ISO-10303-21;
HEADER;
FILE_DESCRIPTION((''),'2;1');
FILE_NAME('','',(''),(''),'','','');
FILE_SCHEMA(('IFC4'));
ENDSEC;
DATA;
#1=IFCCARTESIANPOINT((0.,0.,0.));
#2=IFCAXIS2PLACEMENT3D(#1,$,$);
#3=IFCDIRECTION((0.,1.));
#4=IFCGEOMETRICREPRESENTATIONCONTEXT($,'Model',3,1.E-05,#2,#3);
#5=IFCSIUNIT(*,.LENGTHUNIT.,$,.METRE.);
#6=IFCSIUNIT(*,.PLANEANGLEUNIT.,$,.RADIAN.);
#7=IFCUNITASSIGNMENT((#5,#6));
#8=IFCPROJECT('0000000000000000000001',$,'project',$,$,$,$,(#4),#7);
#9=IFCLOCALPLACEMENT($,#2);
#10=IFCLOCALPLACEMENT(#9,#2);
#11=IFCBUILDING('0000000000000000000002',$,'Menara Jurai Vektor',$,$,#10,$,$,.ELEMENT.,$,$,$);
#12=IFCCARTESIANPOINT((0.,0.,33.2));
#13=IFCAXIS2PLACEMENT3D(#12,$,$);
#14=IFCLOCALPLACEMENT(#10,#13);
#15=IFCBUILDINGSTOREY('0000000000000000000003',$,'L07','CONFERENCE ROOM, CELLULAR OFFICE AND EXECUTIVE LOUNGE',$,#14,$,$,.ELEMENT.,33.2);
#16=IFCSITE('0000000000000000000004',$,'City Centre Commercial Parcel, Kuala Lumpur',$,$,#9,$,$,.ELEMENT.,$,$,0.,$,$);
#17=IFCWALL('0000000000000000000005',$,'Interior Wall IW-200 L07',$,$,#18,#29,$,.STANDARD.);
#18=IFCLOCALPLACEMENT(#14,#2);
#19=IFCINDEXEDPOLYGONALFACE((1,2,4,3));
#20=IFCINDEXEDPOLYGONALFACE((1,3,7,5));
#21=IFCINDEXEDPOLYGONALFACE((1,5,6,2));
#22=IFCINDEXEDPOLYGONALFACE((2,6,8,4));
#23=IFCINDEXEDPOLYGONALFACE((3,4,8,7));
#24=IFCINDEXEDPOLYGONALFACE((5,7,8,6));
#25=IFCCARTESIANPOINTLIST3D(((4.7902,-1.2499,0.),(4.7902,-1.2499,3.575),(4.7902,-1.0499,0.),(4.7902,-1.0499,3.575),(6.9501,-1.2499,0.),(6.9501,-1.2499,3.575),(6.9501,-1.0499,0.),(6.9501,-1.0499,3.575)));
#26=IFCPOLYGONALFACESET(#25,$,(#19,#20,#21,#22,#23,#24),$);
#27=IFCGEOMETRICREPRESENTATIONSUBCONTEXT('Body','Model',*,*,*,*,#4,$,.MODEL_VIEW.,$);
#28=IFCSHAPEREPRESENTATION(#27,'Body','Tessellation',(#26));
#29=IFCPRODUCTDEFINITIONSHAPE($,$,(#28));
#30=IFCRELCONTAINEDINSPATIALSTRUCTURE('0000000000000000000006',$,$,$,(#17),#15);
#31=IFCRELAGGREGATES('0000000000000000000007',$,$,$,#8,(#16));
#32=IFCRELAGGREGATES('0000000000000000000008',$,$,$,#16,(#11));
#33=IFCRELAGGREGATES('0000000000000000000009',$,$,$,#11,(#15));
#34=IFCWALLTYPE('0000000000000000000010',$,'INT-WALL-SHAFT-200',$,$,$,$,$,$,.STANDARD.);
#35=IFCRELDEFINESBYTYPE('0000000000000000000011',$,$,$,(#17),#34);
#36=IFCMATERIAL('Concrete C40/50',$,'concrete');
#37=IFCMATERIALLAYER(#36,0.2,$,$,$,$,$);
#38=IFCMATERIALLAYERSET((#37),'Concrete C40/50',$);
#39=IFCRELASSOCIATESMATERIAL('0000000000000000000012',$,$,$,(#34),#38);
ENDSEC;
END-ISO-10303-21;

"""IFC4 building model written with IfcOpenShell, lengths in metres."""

from ifc_helpers import new_model, si_unit, direction, frame, frame_2d, origin, place, context, subcontext, project, spatial, rectangle, extrude, material, layer, layer_set, type_object, element, save


model = new_model("IFC4")

# Units and contexts
model_context = context("Model", 3, precision=1e-05, world=origin(), true_north=direction((0.0, 1.0)))
body_context = subcontext(model_context, "Body", "Model", "MODEL_VIEW")
ifc_project = project(units=[si_unit("LENGTHUNIT", "METRE"), si_unit("PLANEANGLEUNIT", "RADIAN")], contexts=[model_context])

# Site, building, storey
site_placement = place(None, origin())
site = spatial("IfcSite", under=ifc_project, at=site_placement, Name="City Centre Commercial Parcel, Kuala Lumpur", CompositionType="ELEMENT", RefElevation=0.0)
building_placement = place(site_placement, origin())
building = spatial("IfcBuilding", under=site, at=building_placement, Name="Menara Jurai Vektor", CompositionType="ELEMENT")
storey_placement = place(building_placement, frame((0.0, 0.0, 33.2)))
storey = spatial("IfcBuildingStorey", under=building, at=storey_placement, Name="L07", Description="CONFERENCE ROOM, CELLULAR OFFICE AND EXECUTIVE LOUNGE", CompositionType="ELEMENT", Elevation=33.2)

# Shared definitions
ifc_material_1 = material(Name="Concrete C40/50", Category="concrete")

# Shared definitions
ifc_layer_1 = layer(ifc_material_1, 0.2)
ifc_layer_set_1 = layer_set([ifc_layer_1], Name="Concrete C40/50")
wall_type_1 = type_object("IfcWallType", Name="INT-WALL-SHAFT-200", PredefinedType="STANDARD", material=ifc_layer_set_1)

# Wall
wall_1_placement = place(storey_placement, frame((4.79, -1.1499, 0.0), z_axis=(0.0, 0.0, 1.0), x_axis=(1.0, 0.0, 0.0)))
element("IfcWall", 1, at=wall_1_placement, inside=storey, type_object=wall_type_1, Name="Interior Wall IW-200 L07", PredefinedType="STANDARD", context=body_context, shape_type="SweptSolid", body=[
    extrude(rectangle(XDim=2.1599, YDim=0.2, at=frame_2d((1.0801, 0.0))), origin(), (0.0, 0.0, 1.0), 3.575),
])

save(model, "model.ifc")
